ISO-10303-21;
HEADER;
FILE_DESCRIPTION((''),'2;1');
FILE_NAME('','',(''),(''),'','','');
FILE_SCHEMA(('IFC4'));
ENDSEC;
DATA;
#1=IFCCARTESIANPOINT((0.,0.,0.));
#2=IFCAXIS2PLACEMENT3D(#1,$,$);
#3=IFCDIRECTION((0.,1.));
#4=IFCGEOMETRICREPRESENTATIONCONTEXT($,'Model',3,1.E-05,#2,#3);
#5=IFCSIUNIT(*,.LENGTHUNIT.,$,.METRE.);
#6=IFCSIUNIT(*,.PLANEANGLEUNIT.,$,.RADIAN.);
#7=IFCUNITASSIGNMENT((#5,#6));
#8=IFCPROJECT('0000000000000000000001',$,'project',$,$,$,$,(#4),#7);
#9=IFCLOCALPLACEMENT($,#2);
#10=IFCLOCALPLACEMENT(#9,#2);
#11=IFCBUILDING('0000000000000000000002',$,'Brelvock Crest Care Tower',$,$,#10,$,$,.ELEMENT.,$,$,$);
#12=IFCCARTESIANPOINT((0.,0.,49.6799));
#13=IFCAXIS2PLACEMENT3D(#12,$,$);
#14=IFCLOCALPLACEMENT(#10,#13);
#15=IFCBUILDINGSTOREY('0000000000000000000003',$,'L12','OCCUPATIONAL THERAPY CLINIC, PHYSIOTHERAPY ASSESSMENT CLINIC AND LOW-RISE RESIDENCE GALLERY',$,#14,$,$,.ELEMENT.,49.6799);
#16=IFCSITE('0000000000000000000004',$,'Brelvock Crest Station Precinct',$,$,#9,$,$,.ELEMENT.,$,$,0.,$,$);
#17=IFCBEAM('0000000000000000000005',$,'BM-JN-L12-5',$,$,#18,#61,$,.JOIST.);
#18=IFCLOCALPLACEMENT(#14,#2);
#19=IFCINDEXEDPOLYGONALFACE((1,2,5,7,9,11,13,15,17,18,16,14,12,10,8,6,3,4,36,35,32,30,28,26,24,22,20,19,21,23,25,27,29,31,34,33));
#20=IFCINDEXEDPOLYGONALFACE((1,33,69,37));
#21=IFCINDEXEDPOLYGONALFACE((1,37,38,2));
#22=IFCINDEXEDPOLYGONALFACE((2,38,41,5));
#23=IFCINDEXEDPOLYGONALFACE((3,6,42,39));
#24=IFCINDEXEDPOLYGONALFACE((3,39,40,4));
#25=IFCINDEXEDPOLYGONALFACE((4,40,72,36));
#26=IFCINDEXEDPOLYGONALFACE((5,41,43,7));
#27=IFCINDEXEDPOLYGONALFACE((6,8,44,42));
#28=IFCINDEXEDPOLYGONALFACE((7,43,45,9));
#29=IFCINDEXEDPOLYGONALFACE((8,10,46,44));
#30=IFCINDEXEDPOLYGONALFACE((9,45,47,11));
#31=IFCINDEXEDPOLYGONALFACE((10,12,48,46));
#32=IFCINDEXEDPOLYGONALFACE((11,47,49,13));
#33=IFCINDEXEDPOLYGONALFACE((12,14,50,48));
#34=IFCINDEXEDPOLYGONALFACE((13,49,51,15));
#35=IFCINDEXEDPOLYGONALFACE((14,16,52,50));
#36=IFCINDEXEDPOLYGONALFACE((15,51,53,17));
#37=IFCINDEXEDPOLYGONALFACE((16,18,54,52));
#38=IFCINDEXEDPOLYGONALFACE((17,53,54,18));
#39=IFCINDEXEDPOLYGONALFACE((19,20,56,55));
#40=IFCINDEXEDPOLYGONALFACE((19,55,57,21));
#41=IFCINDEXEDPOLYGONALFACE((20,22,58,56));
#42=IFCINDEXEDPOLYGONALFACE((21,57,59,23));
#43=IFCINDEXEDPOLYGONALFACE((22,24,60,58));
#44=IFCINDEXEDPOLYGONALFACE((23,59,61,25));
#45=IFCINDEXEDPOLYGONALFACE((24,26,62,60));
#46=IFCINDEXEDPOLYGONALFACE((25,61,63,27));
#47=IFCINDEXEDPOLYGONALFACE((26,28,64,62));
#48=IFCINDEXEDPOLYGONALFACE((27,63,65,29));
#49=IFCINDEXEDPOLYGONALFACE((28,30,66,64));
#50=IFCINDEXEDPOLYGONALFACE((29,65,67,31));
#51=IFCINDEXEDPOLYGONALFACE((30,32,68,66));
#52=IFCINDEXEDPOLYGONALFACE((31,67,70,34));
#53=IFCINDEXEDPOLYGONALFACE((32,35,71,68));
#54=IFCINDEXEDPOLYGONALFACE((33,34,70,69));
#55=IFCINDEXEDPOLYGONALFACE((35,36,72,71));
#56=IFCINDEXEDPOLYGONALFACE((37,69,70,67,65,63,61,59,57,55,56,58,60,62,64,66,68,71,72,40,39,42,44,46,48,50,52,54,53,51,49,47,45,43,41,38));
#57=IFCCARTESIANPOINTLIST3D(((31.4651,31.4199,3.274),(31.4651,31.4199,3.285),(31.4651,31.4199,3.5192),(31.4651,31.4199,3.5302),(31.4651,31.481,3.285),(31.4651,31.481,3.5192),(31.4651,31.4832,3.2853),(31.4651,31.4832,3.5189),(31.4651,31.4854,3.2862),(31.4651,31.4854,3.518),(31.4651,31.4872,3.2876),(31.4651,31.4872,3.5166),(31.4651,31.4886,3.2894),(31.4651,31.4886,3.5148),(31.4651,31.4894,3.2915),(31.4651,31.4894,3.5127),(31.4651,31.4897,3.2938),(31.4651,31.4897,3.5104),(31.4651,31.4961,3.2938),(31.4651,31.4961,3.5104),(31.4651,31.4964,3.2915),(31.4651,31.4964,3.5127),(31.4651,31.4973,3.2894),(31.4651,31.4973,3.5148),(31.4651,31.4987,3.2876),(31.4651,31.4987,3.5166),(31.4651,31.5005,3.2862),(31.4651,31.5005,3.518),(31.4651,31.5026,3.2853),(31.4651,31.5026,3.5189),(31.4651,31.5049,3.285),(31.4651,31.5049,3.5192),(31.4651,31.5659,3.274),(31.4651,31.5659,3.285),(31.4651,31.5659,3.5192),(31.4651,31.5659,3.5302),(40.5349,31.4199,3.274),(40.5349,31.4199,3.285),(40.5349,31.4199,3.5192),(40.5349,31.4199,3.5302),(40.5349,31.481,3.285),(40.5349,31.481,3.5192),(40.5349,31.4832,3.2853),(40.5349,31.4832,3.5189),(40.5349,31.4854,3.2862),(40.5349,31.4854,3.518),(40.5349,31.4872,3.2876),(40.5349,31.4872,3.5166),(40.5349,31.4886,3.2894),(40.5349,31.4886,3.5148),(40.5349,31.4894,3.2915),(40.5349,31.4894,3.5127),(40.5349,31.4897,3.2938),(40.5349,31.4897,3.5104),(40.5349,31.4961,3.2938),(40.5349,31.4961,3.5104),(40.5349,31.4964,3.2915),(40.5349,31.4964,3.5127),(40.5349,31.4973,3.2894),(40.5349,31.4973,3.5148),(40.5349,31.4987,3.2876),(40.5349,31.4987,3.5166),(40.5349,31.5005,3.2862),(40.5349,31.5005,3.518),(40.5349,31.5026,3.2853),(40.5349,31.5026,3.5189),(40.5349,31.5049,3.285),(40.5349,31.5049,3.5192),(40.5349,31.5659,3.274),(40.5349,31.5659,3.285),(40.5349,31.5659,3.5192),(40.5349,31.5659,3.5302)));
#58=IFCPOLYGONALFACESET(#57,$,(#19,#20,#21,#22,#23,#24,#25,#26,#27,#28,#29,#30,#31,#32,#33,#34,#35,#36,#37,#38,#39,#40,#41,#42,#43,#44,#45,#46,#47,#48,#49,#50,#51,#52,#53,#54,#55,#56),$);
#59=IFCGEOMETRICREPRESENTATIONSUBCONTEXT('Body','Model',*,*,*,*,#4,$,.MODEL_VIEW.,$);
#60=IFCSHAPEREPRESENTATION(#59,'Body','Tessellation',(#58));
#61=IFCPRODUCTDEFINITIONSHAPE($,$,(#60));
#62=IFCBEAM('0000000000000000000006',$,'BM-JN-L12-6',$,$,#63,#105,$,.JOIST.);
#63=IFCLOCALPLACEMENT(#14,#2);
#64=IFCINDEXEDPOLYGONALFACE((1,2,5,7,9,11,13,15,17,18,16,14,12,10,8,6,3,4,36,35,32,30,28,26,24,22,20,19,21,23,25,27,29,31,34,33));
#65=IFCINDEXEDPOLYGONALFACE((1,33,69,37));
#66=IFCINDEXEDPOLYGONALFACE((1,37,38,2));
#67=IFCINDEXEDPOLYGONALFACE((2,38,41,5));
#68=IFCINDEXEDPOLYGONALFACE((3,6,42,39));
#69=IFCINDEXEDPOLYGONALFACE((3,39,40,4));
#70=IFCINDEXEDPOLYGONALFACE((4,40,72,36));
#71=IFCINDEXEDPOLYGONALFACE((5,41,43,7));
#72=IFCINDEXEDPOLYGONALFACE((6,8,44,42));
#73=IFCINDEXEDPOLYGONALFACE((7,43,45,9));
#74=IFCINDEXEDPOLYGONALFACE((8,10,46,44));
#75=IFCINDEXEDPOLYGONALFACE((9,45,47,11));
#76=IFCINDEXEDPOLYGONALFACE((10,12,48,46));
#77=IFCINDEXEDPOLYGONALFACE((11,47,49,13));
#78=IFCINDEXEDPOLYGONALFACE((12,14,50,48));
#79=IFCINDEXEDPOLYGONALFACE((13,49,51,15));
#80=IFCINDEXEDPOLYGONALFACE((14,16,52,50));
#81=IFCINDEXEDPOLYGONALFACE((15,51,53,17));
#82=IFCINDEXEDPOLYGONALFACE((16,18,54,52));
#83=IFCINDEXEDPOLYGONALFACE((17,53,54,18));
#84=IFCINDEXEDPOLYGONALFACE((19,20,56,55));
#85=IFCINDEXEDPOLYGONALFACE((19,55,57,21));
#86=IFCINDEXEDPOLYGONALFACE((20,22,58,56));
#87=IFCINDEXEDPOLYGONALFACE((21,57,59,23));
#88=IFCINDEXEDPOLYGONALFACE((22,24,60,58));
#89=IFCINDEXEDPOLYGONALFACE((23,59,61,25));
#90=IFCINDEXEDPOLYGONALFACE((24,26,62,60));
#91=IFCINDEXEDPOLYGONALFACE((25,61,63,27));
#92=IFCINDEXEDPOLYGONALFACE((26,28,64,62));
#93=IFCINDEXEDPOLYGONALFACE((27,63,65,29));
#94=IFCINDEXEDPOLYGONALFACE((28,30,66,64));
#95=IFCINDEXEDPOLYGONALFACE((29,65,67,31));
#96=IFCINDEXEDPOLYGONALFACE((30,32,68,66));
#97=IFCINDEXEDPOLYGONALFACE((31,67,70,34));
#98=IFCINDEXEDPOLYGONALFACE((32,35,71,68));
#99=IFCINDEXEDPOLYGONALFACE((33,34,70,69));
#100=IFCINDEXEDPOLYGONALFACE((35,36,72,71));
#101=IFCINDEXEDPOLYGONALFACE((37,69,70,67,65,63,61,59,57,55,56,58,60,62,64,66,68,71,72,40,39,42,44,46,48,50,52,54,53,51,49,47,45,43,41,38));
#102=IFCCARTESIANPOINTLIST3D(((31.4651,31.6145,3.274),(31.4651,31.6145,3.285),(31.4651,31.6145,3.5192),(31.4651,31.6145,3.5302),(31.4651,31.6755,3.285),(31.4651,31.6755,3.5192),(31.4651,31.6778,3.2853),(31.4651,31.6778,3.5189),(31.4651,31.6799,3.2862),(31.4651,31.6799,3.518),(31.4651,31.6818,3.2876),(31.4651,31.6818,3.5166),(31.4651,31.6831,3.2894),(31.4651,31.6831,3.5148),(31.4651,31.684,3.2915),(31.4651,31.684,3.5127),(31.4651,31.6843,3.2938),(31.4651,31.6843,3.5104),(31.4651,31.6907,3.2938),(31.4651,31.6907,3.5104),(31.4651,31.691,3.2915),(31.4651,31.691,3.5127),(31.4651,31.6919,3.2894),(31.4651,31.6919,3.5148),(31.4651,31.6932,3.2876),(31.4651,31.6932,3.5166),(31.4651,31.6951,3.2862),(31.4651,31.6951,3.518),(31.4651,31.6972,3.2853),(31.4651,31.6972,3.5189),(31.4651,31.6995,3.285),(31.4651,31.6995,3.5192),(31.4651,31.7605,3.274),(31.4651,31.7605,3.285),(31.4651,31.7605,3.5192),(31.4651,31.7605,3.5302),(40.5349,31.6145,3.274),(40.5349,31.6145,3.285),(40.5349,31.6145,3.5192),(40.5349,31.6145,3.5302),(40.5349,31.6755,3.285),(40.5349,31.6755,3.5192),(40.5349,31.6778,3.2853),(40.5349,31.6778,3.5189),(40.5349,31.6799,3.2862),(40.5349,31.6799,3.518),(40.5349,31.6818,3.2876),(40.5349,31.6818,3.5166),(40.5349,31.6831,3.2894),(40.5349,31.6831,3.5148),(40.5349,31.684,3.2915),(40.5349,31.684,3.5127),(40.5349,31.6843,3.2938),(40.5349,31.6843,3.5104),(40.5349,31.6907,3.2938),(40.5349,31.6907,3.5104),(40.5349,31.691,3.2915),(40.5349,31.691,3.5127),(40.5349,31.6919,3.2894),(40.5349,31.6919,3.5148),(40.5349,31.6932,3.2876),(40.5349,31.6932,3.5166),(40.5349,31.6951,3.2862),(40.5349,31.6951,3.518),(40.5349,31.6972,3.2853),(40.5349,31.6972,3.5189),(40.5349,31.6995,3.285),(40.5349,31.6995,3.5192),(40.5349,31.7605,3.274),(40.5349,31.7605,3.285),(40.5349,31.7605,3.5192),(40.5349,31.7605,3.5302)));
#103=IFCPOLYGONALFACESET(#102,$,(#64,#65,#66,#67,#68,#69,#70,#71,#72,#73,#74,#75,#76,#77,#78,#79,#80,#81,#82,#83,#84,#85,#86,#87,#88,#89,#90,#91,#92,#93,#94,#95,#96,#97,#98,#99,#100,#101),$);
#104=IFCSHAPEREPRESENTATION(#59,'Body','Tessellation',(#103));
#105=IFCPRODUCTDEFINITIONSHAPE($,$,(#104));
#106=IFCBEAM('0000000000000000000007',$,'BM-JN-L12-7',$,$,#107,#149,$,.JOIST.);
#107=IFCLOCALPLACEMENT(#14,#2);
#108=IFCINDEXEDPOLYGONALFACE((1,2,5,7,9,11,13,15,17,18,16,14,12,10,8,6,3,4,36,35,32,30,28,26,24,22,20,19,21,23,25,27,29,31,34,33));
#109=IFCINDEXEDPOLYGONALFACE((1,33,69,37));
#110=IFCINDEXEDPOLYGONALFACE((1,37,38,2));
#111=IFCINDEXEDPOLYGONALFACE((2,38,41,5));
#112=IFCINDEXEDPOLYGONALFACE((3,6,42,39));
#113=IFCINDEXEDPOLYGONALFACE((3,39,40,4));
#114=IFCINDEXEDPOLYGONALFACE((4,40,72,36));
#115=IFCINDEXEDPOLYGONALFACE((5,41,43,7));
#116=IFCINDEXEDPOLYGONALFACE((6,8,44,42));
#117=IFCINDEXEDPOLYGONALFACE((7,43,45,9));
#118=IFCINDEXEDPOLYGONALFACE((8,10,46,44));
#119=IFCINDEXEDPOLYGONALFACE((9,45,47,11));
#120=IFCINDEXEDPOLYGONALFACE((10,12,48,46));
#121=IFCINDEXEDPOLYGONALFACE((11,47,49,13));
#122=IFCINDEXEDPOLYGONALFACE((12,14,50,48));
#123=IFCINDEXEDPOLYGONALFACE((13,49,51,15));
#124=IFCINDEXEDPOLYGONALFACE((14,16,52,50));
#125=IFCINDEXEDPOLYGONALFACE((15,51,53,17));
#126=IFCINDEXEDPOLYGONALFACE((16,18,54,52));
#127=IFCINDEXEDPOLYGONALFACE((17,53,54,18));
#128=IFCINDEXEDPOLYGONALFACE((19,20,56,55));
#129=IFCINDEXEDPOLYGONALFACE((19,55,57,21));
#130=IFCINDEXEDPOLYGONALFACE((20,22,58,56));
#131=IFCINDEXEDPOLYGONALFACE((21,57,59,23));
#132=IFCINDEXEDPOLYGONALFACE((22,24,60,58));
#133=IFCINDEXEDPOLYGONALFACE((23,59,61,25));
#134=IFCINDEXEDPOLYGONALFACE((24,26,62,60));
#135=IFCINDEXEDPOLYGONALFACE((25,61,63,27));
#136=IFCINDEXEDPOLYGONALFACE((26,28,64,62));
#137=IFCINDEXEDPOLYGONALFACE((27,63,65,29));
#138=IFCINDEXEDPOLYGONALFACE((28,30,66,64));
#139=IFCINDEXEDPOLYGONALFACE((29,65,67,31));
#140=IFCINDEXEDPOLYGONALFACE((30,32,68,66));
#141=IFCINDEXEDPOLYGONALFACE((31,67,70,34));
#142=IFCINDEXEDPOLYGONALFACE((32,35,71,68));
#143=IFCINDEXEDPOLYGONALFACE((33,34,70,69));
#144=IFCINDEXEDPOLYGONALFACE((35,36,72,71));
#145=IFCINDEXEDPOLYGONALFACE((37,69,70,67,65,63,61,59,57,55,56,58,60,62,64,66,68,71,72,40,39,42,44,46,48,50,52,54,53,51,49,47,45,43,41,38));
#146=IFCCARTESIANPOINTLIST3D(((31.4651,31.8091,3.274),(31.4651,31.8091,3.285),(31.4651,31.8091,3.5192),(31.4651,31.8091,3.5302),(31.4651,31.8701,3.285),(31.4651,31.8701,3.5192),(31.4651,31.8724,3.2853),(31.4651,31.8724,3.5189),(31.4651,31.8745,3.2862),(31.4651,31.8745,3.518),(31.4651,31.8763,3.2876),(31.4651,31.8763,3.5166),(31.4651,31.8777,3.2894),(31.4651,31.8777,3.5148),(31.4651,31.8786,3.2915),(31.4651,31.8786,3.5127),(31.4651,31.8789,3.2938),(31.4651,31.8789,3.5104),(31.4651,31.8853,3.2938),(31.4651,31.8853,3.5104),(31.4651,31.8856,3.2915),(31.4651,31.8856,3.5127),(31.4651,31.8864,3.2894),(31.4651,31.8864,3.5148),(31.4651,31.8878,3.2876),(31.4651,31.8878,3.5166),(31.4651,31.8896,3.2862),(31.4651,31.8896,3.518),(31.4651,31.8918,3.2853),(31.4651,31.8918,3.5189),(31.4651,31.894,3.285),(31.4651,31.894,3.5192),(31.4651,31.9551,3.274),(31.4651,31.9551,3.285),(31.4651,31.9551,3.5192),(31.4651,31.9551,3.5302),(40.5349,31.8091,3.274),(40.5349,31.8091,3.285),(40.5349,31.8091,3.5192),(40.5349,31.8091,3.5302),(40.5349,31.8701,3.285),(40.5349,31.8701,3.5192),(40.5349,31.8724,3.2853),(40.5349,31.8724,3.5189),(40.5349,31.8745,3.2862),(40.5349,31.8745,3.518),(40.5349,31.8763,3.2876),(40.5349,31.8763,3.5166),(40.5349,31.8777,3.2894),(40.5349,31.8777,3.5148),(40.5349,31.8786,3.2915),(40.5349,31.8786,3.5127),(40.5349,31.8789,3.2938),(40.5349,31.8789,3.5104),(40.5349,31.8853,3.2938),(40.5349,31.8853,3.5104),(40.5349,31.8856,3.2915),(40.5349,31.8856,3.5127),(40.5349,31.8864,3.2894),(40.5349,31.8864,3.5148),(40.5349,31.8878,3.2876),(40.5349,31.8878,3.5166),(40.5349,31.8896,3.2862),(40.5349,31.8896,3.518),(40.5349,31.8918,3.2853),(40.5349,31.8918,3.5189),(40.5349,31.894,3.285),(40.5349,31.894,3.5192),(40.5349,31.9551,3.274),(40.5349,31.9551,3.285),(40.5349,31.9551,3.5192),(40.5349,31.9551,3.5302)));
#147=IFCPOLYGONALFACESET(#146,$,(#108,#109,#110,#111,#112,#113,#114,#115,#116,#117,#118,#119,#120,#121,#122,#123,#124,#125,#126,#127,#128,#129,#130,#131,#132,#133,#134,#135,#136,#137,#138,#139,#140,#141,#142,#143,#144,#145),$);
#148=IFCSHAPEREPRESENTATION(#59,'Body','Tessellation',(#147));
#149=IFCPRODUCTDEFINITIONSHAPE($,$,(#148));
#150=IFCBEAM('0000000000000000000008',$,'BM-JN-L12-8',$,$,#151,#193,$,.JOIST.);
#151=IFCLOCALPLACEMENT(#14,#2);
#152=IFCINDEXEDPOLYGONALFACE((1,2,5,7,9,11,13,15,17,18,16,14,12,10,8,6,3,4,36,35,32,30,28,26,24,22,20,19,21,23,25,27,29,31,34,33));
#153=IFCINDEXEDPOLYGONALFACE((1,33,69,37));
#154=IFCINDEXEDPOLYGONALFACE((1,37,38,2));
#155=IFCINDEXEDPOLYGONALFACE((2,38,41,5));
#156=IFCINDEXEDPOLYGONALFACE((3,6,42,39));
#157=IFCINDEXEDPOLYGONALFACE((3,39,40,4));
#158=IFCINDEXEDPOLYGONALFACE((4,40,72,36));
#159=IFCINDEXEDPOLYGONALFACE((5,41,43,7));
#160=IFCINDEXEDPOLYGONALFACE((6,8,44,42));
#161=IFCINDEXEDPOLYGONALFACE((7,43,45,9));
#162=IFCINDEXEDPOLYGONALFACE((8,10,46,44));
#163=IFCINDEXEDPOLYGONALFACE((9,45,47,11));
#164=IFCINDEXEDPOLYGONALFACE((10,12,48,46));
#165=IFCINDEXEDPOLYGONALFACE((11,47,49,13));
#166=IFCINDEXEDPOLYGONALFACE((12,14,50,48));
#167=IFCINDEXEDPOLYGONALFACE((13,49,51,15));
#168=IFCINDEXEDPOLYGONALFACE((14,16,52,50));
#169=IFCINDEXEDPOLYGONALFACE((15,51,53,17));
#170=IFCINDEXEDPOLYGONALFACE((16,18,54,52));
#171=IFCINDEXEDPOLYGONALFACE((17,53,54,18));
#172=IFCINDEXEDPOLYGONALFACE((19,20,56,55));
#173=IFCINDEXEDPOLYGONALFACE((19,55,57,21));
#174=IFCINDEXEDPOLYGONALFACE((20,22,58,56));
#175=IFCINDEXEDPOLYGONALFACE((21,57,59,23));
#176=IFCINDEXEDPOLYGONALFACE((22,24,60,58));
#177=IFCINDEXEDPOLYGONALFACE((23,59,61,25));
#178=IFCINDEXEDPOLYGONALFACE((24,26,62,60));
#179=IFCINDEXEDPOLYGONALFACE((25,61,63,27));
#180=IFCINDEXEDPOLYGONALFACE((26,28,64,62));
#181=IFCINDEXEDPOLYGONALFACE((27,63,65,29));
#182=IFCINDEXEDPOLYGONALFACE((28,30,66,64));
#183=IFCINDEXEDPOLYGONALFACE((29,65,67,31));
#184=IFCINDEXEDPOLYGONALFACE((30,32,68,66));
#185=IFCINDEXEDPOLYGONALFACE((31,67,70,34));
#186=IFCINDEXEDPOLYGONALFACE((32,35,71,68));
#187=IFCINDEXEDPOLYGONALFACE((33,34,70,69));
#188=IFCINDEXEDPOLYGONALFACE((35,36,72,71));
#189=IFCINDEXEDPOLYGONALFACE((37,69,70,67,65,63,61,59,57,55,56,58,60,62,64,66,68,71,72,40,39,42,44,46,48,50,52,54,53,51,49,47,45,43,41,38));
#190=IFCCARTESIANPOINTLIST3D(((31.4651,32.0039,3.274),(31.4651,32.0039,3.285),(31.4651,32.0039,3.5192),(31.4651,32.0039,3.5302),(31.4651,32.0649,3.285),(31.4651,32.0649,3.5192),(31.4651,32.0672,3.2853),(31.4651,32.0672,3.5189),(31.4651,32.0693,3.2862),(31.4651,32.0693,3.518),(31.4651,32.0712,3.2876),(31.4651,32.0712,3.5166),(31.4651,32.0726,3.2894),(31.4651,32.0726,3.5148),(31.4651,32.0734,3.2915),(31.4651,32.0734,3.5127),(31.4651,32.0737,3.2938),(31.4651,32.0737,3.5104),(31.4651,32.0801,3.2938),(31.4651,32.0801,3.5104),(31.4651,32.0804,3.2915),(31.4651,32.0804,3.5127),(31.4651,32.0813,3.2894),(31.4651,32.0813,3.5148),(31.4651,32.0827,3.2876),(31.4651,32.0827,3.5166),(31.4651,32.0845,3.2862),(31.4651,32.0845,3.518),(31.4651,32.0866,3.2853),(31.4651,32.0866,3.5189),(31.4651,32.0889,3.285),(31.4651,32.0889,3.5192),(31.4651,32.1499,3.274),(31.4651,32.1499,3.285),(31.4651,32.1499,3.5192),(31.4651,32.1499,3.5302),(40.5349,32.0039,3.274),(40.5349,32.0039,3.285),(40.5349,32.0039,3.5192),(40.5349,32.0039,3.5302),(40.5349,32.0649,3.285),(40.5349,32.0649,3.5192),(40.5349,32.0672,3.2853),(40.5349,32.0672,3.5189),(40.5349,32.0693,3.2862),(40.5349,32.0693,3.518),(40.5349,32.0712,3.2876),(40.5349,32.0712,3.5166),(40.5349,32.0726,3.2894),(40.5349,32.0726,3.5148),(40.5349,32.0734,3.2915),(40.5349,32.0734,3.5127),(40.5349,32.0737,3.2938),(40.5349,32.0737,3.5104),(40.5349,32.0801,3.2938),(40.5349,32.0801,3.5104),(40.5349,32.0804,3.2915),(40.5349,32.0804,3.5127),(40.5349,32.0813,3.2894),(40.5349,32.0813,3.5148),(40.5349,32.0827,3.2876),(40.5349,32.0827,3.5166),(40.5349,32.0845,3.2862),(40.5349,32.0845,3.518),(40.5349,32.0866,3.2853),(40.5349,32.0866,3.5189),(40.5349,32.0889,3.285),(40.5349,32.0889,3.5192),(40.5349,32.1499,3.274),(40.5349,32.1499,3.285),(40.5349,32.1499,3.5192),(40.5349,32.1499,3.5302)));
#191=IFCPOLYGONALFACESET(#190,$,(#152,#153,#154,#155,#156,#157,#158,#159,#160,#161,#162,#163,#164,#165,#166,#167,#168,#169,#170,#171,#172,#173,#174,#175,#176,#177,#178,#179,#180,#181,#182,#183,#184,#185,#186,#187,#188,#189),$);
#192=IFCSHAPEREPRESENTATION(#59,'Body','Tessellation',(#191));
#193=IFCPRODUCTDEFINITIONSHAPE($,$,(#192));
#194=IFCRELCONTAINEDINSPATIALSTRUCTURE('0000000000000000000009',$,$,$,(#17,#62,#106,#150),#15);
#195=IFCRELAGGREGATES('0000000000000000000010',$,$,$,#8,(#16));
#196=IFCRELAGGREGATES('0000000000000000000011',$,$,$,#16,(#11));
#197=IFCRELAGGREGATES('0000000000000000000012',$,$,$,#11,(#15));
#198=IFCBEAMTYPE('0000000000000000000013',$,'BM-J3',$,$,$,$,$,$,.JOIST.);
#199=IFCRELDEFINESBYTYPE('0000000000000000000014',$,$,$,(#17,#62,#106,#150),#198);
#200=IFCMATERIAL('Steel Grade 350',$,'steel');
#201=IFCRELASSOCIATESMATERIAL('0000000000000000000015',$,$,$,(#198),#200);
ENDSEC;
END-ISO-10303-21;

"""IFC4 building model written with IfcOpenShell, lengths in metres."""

from ifc_helpers import new_model, si_unit, direction, frame, origin, origin_2d, place, context, subcontext, project, spatial, i_section, extrude, source, transform, mapped, material, material_profile, profile_set, type_object, element, save


model = new_model("IFC4")

# Units and contexts
model_context = context("Model", 3, precision=1e-05, world=origin(), true_north=direction((0.0, 1.0)))
body_context = subcontext(model_context, "Body", "Model", "MODEL_VIEW")
ifc_project = project(units=[si_unit("LENGTHUNIT", "METRE"), si_unit("PLANEANGLEUNIT", "RADIAN")], contexts=[model_context])

# Site, building, storey
site_placement = place(None, origin())
site = spatial("IfcSite", under=ifc_project, at=site_placement, Name="Brelvock Crest Station Precinct", CompositionType="ELEMENT", RefElevation=0.0)
building_placement = place(site_placement, origin())
building = spatial("IfcBuilding", under=site, at=building_placement, Name="Brelvock Crest Care Tower", CompositionType="ELEMENT")
storey_placement = place(building_placement, frame((0.0, 0.0, 49.6799)))
storey = spatial("IfcBuildingStorey", under=building, at=storey_placement, Name="L12", Description="OCCUPATIONAL THERAPY CLINIC, PHYSIOTHERAPY ASSESSMENT CLINIC AND LOW-RISE RESIDENCE GALLERY", CompositionType="ELEMENT", Elevation=49.6799)

# Beams
ifc_material_1 = material(Name="Steel Grade 350", Category="steel")
ifc_material_profile = material_profile(ifc_material_1, i_section(OverallWidth=0.146, OverallDepth=0.2561, WebThickness=0.0063, FlangeThickness=0.011, FilletRadius=0.0088, at=origin_2d()), Name="250UB37.3")
ifc_profile_set = profile_set([ifc_material_profile], Name="Steel Grade 350")
beam_type = type_object("IfcBeamType", Name="BM-J3", PredefinedType="JOIST", material=ifc_profile_set)
shared_shape_1 = source(origin(), body_context, "Body", "SweptSolid", [
    extrude(i_section(OverallWidth=0.146, OverallDepth=0.2561, WebThickness=0.0063, FlangeThickness=0.011, FilletRadius=0.0088, at=origin_2d()), origin(), (0.0, 0.0, 1.0), 9.0698),
])
for number, where, z_axis, x_axis, name in (
    (1, (31.4651, 31.4929, 3.4021), (1.0, 0.0, 0.0), (0.0, 1.0, 0.0), "BM-JN-L12-5"),
    (2, (31.4651, 31.6875, 3.4021), (1.0, 0.0, 0.0), (0.0, 1.0, 0.0), "BM-JN-L12-6"),
    (3, (31.4651, 31.8821, 3.4021), (1.0, 0.0, 0.0), (0.0, 1.0, 0.0), "BM-JN-L12-7"),
    (4, (31.4651, 32.0769, 3.4021), (1.0, 0.0, 0.0), (0.0, 1.0, 0.0), "BM-JN-L12-8"),
):
    element("IfcBeam", number, at=place(storey_placement, frame(where, z_axis=z_axis, x_axis=x_axis)), inside=storey, type_object=beam_type, Name=name, PredefinedType="JOIST", context=body_context, shape_type="MappedRepresentation", body=[
        mapped(shared_shape_1, transform((0.0, 0.0, 0.0), x_axis=(1.0, 0.0, 0.0), y_axis=(0.0, 1.0, 0.0), z_axis=(0.0, 0.0, 1.0), scale=1.0)),
    ])

save(model, "model.ifc")
